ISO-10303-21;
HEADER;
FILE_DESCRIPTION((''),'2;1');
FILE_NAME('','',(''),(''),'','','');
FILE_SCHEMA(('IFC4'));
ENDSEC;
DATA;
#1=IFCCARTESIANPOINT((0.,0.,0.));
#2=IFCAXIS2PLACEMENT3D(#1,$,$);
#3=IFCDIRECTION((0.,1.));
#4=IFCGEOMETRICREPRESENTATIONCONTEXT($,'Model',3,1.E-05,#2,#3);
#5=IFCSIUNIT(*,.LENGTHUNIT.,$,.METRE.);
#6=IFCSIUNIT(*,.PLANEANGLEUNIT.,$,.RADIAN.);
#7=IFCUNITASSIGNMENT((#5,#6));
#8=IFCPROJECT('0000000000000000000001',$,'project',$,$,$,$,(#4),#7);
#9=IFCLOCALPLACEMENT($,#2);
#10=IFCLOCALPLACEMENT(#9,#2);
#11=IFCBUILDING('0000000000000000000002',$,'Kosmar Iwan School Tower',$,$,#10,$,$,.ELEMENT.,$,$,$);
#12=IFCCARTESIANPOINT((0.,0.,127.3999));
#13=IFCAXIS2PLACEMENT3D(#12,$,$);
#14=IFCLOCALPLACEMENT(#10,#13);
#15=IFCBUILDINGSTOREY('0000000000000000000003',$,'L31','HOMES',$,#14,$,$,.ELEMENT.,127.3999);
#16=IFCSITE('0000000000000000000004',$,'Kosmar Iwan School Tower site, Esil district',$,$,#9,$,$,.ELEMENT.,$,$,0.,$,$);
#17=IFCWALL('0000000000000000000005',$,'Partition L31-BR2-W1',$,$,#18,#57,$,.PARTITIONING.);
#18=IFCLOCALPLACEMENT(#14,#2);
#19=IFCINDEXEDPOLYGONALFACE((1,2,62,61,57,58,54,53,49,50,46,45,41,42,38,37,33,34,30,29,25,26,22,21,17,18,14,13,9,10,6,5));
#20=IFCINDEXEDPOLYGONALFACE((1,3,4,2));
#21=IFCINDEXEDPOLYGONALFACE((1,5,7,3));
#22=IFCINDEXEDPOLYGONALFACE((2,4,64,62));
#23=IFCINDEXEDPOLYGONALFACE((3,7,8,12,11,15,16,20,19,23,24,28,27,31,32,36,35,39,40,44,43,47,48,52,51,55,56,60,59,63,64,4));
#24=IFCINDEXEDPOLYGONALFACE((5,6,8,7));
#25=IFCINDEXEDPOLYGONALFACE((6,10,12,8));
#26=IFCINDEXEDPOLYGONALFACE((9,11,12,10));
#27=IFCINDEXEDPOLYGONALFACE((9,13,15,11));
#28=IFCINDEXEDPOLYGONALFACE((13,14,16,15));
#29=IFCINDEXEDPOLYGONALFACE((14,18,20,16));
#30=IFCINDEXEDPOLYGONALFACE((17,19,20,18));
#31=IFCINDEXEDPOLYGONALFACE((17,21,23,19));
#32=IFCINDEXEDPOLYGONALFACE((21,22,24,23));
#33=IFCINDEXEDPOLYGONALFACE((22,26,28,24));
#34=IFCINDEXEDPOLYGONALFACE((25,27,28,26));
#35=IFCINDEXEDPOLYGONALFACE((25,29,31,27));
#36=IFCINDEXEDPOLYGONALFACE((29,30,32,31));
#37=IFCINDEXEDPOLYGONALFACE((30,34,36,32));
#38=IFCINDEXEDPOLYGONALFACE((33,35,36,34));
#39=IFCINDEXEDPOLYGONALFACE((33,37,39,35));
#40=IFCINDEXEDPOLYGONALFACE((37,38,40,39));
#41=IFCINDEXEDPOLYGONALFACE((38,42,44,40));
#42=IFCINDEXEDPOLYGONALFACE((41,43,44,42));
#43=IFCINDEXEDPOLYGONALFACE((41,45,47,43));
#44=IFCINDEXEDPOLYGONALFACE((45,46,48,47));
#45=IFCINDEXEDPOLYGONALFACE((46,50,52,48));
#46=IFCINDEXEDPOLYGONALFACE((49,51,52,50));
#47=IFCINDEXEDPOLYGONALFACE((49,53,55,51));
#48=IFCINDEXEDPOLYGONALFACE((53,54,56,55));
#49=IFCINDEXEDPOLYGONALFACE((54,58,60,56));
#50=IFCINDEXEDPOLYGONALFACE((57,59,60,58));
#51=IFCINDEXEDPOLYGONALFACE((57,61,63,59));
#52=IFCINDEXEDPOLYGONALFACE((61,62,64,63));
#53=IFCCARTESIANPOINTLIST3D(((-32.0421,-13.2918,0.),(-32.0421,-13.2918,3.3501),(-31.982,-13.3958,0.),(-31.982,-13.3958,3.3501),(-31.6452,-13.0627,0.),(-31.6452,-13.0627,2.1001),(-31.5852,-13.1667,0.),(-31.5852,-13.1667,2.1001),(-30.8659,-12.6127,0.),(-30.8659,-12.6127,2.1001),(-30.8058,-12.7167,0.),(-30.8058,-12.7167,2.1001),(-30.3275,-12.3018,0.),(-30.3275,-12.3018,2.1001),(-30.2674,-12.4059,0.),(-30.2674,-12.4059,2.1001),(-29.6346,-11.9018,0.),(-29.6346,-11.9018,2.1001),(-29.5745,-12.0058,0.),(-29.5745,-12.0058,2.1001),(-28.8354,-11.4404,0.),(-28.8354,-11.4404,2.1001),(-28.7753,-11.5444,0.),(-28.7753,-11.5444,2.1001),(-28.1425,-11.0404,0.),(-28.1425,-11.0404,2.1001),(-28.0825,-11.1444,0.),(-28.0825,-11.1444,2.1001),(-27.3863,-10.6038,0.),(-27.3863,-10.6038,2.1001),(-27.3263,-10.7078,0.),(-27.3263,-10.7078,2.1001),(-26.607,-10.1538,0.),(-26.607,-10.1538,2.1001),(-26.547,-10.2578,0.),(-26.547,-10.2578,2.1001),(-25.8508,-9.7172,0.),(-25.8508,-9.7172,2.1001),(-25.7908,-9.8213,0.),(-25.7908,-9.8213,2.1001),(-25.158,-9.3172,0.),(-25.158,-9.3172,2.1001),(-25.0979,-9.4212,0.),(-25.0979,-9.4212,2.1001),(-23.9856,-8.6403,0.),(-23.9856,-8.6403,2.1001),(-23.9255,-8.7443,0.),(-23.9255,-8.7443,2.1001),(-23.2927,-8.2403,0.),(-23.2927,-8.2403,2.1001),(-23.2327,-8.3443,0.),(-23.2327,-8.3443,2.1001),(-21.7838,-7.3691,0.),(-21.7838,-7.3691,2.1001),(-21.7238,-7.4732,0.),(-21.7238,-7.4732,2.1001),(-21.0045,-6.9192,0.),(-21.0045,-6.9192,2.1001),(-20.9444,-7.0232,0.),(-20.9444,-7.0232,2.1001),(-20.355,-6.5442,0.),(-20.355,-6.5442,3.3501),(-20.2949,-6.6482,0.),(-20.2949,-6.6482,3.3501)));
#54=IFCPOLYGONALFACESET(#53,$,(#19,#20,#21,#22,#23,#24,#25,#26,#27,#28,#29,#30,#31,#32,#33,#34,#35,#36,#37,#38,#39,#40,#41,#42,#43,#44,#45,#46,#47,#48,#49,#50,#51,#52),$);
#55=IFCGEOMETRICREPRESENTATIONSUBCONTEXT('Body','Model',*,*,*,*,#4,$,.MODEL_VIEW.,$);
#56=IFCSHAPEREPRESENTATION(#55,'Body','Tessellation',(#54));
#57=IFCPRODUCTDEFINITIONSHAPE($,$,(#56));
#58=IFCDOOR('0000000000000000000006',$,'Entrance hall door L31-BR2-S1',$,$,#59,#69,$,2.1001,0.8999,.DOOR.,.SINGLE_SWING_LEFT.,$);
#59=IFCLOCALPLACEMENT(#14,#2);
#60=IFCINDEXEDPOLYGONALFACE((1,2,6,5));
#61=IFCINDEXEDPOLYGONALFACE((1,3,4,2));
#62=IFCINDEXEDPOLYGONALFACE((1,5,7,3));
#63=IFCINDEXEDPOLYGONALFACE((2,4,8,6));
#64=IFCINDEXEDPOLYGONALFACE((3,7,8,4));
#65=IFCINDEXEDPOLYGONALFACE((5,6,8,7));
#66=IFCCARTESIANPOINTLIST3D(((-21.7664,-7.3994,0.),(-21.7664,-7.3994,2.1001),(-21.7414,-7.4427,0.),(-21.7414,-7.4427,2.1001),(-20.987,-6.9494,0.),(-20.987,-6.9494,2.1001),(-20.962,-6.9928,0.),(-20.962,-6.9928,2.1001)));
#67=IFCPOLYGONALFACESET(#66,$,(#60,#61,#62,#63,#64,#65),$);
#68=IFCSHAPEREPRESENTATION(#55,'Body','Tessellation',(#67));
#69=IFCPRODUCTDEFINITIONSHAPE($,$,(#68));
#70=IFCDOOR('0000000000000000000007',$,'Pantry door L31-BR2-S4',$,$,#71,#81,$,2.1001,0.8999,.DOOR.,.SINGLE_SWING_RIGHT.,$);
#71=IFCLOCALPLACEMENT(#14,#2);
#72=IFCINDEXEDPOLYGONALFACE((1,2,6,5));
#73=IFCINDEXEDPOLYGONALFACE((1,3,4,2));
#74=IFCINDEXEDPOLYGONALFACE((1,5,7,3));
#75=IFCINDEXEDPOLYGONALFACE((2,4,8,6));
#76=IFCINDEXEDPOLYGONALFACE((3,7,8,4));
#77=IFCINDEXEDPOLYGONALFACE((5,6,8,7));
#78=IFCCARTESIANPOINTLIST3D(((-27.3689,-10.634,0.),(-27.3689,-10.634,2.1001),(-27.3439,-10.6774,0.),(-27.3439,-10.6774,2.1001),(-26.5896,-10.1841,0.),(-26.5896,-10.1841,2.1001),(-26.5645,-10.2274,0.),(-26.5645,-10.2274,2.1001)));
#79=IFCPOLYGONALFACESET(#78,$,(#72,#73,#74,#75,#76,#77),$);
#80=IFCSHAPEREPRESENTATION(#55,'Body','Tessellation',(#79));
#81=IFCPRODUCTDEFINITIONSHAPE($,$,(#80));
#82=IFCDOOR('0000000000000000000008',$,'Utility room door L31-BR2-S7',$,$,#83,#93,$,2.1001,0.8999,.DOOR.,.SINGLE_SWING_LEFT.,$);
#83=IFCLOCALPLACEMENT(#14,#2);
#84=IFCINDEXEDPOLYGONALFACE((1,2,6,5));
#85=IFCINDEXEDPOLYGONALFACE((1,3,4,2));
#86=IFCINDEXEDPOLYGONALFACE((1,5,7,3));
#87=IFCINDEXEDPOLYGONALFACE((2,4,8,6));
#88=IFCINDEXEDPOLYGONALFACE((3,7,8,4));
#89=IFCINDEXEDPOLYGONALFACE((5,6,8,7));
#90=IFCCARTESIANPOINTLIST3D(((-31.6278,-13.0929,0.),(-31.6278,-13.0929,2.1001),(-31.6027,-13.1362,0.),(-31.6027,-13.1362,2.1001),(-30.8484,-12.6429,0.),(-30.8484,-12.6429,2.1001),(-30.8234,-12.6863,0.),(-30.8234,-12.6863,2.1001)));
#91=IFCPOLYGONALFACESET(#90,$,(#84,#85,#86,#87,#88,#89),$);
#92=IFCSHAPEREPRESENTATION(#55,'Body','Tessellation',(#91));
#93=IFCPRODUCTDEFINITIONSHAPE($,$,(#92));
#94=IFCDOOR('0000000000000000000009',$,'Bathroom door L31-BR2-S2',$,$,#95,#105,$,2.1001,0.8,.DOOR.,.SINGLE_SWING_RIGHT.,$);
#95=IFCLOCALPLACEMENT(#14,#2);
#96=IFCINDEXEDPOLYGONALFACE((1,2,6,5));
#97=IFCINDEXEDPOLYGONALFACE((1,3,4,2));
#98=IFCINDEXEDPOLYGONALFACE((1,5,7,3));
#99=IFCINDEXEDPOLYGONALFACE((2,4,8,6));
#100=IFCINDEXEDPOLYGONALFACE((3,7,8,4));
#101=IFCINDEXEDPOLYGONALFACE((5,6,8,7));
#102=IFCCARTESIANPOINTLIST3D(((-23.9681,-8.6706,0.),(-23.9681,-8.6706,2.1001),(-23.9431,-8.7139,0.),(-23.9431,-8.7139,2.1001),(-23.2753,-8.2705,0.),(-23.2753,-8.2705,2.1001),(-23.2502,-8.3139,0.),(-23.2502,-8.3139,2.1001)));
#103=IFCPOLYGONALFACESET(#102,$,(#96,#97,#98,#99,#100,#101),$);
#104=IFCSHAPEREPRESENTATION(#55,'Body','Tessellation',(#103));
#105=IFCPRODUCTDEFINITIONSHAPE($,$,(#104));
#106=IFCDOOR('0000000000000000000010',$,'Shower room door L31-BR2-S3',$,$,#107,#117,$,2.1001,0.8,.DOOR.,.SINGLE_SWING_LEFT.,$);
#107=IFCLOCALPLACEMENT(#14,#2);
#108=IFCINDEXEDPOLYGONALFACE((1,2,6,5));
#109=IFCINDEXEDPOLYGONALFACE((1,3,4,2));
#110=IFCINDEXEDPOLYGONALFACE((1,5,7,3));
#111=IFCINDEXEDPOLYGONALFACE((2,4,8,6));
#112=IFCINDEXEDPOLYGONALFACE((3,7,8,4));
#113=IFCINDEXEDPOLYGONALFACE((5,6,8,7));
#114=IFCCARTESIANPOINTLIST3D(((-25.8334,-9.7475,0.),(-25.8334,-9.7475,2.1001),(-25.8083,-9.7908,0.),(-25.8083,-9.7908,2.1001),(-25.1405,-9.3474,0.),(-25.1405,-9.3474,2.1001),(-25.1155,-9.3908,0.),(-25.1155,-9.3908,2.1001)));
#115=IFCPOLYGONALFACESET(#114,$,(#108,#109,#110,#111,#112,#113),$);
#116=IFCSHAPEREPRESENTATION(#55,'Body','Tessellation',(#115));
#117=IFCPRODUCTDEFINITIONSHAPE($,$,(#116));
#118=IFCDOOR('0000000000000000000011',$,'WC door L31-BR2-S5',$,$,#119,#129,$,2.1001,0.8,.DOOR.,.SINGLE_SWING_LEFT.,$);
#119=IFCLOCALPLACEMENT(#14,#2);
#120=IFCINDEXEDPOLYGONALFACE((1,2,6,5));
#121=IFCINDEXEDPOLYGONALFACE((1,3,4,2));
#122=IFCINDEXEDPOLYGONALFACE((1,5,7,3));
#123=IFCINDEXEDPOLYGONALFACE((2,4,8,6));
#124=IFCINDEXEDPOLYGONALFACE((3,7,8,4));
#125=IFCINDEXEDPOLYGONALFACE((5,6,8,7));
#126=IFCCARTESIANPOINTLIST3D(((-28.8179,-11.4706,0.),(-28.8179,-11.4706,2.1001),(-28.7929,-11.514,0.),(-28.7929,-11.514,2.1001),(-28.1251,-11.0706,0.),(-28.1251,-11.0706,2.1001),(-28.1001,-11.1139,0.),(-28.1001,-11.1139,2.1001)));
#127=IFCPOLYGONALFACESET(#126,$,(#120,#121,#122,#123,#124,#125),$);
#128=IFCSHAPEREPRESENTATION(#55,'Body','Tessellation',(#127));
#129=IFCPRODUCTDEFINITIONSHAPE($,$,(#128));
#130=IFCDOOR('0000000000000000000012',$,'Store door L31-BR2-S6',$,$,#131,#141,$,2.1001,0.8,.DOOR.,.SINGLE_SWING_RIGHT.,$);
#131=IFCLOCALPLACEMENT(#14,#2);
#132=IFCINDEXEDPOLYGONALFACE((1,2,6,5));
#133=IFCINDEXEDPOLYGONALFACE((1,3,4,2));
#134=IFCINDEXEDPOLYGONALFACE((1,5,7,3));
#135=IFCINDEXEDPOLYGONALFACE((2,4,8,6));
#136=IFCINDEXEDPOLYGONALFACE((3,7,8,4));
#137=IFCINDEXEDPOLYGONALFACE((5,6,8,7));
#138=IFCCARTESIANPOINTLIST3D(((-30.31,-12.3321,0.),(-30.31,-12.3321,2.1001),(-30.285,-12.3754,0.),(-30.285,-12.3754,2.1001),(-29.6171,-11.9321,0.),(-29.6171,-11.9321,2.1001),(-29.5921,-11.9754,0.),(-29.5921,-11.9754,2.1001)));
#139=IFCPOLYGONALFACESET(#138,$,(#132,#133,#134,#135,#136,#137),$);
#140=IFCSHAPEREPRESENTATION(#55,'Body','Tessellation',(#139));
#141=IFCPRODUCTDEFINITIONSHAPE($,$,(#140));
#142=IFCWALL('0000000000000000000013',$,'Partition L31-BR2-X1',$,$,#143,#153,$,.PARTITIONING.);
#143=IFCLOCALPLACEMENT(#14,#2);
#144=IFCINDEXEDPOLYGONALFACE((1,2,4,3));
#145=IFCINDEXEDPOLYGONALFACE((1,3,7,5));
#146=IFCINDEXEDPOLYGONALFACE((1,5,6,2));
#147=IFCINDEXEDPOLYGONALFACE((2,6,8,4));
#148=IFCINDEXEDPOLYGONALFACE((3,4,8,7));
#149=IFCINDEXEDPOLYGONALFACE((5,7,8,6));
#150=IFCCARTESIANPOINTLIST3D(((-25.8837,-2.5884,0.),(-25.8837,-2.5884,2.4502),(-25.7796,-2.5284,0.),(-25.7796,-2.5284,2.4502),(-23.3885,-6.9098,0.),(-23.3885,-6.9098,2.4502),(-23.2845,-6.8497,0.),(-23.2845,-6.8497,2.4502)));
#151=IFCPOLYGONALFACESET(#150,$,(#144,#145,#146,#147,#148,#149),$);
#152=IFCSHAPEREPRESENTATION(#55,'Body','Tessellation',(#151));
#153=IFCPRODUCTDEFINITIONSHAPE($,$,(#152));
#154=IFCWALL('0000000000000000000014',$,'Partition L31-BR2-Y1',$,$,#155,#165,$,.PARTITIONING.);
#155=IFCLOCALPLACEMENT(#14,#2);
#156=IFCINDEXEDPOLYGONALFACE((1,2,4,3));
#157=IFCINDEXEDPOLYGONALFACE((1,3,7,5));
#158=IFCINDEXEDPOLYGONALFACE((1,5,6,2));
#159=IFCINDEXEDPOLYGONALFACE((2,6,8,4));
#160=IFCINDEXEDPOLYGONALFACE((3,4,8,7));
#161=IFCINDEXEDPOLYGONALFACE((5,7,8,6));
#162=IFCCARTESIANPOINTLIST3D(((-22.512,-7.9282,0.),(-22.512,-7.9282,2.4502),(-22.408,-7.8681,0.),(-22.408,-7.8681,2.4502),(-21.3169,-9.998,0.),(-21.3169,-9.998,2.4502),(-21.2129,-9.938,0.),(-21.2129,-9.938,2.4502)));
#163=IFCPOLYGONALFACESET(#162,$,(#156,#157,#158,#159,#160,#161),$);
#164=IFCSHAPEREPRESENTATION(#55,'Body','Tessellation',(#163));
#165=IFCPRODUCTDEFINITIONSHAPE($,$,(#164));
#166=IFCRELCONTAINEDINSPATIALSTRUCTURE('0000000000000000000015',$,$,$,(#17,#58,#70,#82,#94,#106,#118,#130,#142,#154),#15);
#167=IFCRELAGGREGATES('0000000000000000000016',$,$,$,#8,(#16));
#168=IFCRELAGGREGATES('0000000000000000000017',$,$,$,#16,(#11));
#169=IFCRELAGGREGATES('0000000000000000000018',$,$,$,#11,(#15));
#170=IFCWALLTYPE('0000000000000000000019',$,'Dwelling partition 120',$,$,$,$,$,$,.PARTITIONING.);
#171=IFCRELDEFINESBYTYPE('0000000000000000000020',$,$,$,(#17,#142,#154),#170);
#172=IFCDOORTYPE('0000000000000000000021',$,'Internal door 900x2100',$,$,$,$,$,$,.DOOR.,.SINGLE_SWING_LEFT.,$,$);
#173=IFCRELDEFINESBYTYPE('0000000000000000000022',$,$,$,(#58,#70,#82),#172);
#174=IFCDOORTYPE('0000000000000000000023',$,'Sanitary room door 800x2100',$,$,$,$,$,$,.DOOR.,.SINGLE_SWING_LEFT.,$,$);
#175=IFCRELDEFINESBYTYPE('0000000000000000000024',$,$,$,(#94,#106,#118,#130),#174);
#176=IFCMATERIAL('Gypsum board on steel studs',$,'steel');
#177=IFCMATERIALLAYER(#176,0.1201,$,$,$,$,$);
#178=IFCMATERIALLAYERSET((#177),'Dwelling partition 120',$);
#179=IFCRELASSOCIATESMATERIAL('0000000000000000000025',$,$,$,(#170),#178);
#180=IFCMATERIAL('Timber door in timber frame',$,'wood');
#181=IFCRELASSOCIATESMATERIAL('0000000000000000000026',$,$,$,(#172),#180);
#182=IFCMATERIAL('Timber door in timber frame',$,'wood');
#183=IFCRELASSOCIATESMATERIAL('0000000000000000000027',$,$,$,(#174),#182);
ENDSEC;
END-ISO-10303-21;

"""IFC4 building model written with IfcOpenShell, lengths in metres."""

from ifc_helpers import new_model, si_unit, direction, frame, frame_2d, origin, place, context, subcontext, project, spatial, rectangle, extrude, material, layer, layer_set, type_object, element, fill, save


model = new_model("IFC4")

# Units and contexts
model_context = context("Model", 3, precision=1e-05, world=origin(), true_north=direction((0.0, 1.0)))
body_context = subcontext(model_context, "Body", "Model", "MODEL_VIEW")
ifc_project = project(units=[si_unit("LENGTHUNIT", "METRE"), si_unit("PLANEANGLEUNIT", "RADIAN")], contexts=[model_context])

# Site, building, storey
site_placement = place(None, origin())
site = spatial("IfcSite", under=ifc_project, at=site_placement, Name="Kosmar Iwan School Tower site, Esil district", CompositionType="ELEMENT", RefElevation=0.0)
building_placement = place(site_placement, origin())
building = spatial("IfcBuilding", under=site, at=building_placement, Name="Kosmar Iwan School Tower", CompositionType="ELEMENT")
storey_placement = place(building_placement, frame((0.0, 0.0, 127.3999)))
storey = spatial("IfcBuildingStorey", under=building, at=storey_placement, Name="L31", Description="HOMES", CompositionType="ELEMENT", Elevation=127.3999)

# Shared definitions
ifc_material_1 = material(Name="Gypsum board on steel studs", Category="steel")
ifc_layer_1 = layer(ifc_material_1, 0.1201)
ifc_layer_set_1 = layer_set([ifc_layer_1], Name="Dwelling partition 120")
wall_type_1 = type_object("IfcWallType", Name="Dwelling partition 120", PredefinedType="PARTITIONING", material=ifc_layer_set_1)

# Wall, openings, doors
wall_1_placement = place(storey_placement, frame((-20.325, -6.5962, 0.0), z_axis=(0.0, 0.0, 1.0), x_axis=(-0.866024, -0.500003, 0.0)))
wall_1 = element("IfcWall", 1, at=wall_1_placement, inside=storey, type_object=wall_type_1, Name="Partition L31-BR2-W1", PredefinedType="PARTITIONING", context=body_context, shape_type="SweptSolid", body=[
    extrude(rectangle(XDim=13.4951, YDim=0.1201, at=frame_2d((6.7476, 0.0))), origin(), (0.0, 0.0, 1.0), 3.3501),
])
opening_1_placement = place(wall_1_placement, frame((0.75, 0.0, 0.0)))
opening_1 = element("IfcOpeningElement", 2, at=opening_1_placement, cuts=wall_1, PredefinedType="OPENING", context=body_context, shape_type="SweptSolid", body=[
    extrude(rectangle(XDim=0.8999, YDim=2.1001, at=frame_2d((0.45, 1.05))), frame((0.0, 0.072, 0.0), z_axis=(0.0, -1.0, 0.0), x_axis=(1.0, 0.0, 0.0)), (0.0, 0.0, 1.0), 0.144),
])
opening_2_placement = place(wall_1_placement, frame((3.3923, 0.0, 0.0)))
opening_2 = element("IfcOpeningElement", 3, at=opening_2_placement, cuts=wall_1, PredefinedType="OPENING", context=body_context, shape_type="SweptSolid", body=[
    extrude(rectangle(XDim=0.8, YDim=2.1001, at=frame_2d((0.3999, 1.05))), frame((0.0, 0.072, 0.0), z_axis=(0.0, -1.0, 0.0), x_axis=(1.0, 0.0, 0.0)), (0.0, 0.0, 1.0), 0.144),
])
opening_3_placement = place(wall_1_placement, frame((5.5461, 0.0, 0.0)))
opening_3 = element("IfcOpeningElement", 4, at=opening_3_placement, cuts=wall_1, PredefinedType="OPENING", context=body_context, shape_type="SweptSolid", body=[
    extrude(rectangle(XDim=0.8, YDim=2.1001, at=frame_2d((0.3999, 1.05))), frame((0.0, 0.072, 0.0), z_axis=(0.0, -1.0, 0.0), x_axis=(1.0, 0.0, 0.0)), (0.0, 0.0, 1.0), 0.144),
])
opening_4_placement = place(wall_1_placement, frame((7.2192, 0.0, 0.0)))
opening_4 = element("IfcOpeningElement", 5, at=opening_4_placement, cuts=wall_1, PredefinedType="OPENING", context=body_context, shape_type="SweptSolid", body=[
    extrude(rectangle(XDim=0.8999, YDim=2.1001, at=frame_2d((0.45, 1.05))), frame((0.0, 0.072, 0.0), z_axis=(0.0, -1.0, 0.0), x_axis=(1.0, 0.0, 0.0)), (0.0, 0.0, 1.0), 0.144),
])
opening_5_placement = place(wall_1_placement, frame((8.9924, 0.0, 0.0)))
opening_5 = element("IfcOpeningElement", 6, at=opening_5_placement, cuts=wall_1, PredefinedType="OPENING", context=body_context, shape_type="SweptSolid", body=[
    extrude(rectangle(XDim=0.8, YDim=2.1001, at=frame_2d((0.3999, 1.05))), frame((0.0, 0.072, 0.0), z_axis=(0.0, -1.0, 0.0), x_axis=(1.0, 0.0, 0.0)), (0.0, 0.0, 1.0), 0.144),
])
opening_6_placement = place(wall_1_placement, frame((10.7153, 0.0, 0.0)))
opening_6 = element("IfcOpeningElement", 7, at=opening_6_placement, cuts=wall_1, PredefinedType="OPENING", context=body_context, shape_type="SweptSolid", body=[
    extrude(rectangle(XDim=0.8, YDim=2.1001, at=frame_2d((0.3999, 1.05))), frame((0.0, 0.072, 0.0), z_axis=(0.0, -1.0, 0.0), x_axis=(1.0, 0.0, 0.0)), (0.0, 0.0, 1.0), 0.144),
])
opening_7_placement = place(wall_1_placement, frame((12.137, 0.0, 0.0)))
opening_7 = element("IfcOpeningElement", 8, at=opening_7_placement, cuts=wall_1, PredefinedType="OPENING", context=body_context, shape_type="SweptSolid", body=[
    extrude(rectangle(XDim=0.8999, YDim=2.1001, at=frame_2d((0.45, 1.05))), frame((0.0, 0.072, 0.0), z_axis=(0.0, -1.0, 0.0), x_axis=(1.0, 0.0, 0.0)), (0.0, 0.0, 1.0), 0.144),
])
ifc_material_2 = material(Name="Timber door in timber frame", Category="wood")
door_type_1 = type_object("IfcDoorType", Name="Internal door 900x2100", OperationType="SINGLE_SWING_LEFT", PredefinedType="DOOR", material=ifc_material_2)
door_1_placement = place(opening_1_placement, origin())
door_1 = element("IfcDoor", 9, at=door_1_placement, inside=storey, type_object=door_type_1, Name="Entrance hall door L31-BR2-S1", OperationType="SINGLE_SWING_LEFT", OverallHeight=2.1001, OverallWidth=0.8999, PredefinedType="DOOR", context=body_context, shape_type="SweptSolid", body=[
    extrude(rectangle(XDim=0.8999, YDim=2.1001, at=frame_2d((0.45, 1.05))), frame((0.0, 0.0249, 0.0), z_axis=(0.0, -1.0, 0.0), x_axis=(1.0, 0.0, 0.0)), (0.0, 0.0, 1.0), 0.05),
])
fill(opening_1, door_1)
door_2_placement = place(opening_4_placement, origin())
door_2 = element("IfcDoor", 10, at=door_2_placement, inside=storey, type_object=door_type_1, Name="Pantry door L31-BR2-S4", OperationType="SINGLE_SWING_RIGHT", OverallHeight=2.1001, OverallWidth=0.8999, PredefinedType="DOOR", context=body_context, shape_type="SweptSolid", body=[
    extrude(rectangle(XDim=0.8999, YDim=2.1001, at=frame_2d((0.45, 1.05))), frame((0.0, 0.0249, 0.0), z_axis=(0.0, -1.0, 0.0), x_axis=(1.0, 0.0, 0.0)), (0.0, 0.0, 1.0), 0.05),
])
fill(opening_4, door_2)
door_3_placement = place(opening_7_placement, origin())
door_3 = element("IfcDoor", 11, at=door_3_placement, inside=storey, type_object=door_type_1, Name="Utility room door L31-BR2-S7", OperationType="SINGLE_SWING_LEFT", OverallHeight=2.1001, OverallWidth=0.8999, PredefinedType="DOOR", context=body_context, shape_type="SweptSolid", body=[
    extrude(rectangle(XDim=0.8999, YDim=2.1001, at=frame_2d((0.45, 1.05))), frame((0.0, 0.0249, 0.0), z_axis=(0.0, -1.0, 0.0), x_axis=(1.0, 0.0, 0.0)), (0.0, 0.0, 1.0), 0.05),
])
fill(opening_7, door_3)
ifc_material_3 = material(Name="Timber door in timber frame", Category="wood")
door_type_2 = type_object("IfcDoorType", Name="Sanitary room door 800x2100", OperationType="SINGLE_SWING_LEFT", PredefinedType="DOOR", material=ifc_material_3)
door_4_placement = place(opening_2_placement, origin())
door_4 = element("IfcDoor", 12, at=door_4_placement, inside=storey, type_object=door_type_2, Name="Bathroom door L31-BR2-S2", OperationType="SINGLE_SWING_RIGHT", OverallHeight=2.1001, OverallWidth=0.8, PredefinedType="DOOR", context=body_context, shape_type="SweptSolid", body=[
    extrude(rectangle(XDim=0.8, YDim=2.1001, at=frame_2d((0.3999, 1.05))), frame((0.0, 0.0249, 0.0), z_axis=(0.0, -1.0, 0.0), x_axis=(1.0, 0.0, 0.0)), (0.0, 0.0, 1.0), 0.05),
])
fill(opening_2, door_4)
door_5_placement = place(opening_3_placement, origin())
door_5 = element("IfcDoor", 13, at=door_5_placement, inside=storey, type_object=door_type_2, Name="Shower room door L31-BR2-S3", OperationType="SINGLE_SWING_LEFT", OverallHeight=2.1001, OverallWidth=0.8, PredefinedType="DOOR", context=body_context, shape_type="SweptSolid", body=[
    extrude(rectangle(XDim=0.8, YDim=2.1001, at=frame_2d((0.3999, 1.05))), frame((0.0, 0.0249, 0.0), z_axis=(0.0, -1.0, 0.0), x_axis=(1.0, 0.0, 0.0)), (0.0, 0.0, 1.0), 0.05),
])
fill(opening_3, door_5)
door_6_placement = place(opening_5_placement, origin())
door_6 = element("IfcDoor", 14, at=door_6_placement, inside=storey, type_object=door_type_2, Name="WC door L31-BR2-S5", OperationType="SINGLE_SWING_LEFT", OverallHeight=2.1001, OverallWidth=0.8, PredefinedType="DOOR", context=body_context, shape_type="SweptSolid", body=[
    extrude(rectangle(XDim=0.8, YDim=2.1001, at=frame_2d((0.3999, 1.05))), frame((0.0, 0.0249, 0.0), z_axis=(0.0, -1.0, 0.0), x_axis=(1.0, 0.0, 0.0)), (0.0, 0.0, 1.0), 0.05),
])
fill(opening_5, door_6)
door_7_placement = place(opening_6_placement, origin())
door_7 = element("IfcDoor", 15, at=door_7_placement, inside=storey, type_object=door_type_2, Name="Store door L31-BR2-S6", OperationType="SINGLE_SWING_RIGHT", OverallHeight=2.1001, OverallWidth=0.8, PredefinedType="DOOR", context=body_context, shape_type="SweptSolid", body=[
    extrude(rectangle(XDim=0.8, YDim=2.1001, at=frame_2d((0.3999, 1.05))), frame((0.0, 0.0249, 0.0), z_axis=(0.0, -1.0, 0.0), x_axis=(1.0, 0.0, 0.0)), (0.0, 0.0, 1.0), 0.05),
])
fill(opening_6, door_7)

# Walls
wall_2_placement = place(storey_placement, frame((-23.3364, -6.8799, 0.0), z_axis=(0.0, 0.0, 1.0), x_axis=(-0.500033, 0.866006, 0.0)))
element("IfcWall", 16, at=wall_2_placement, inside=storey, type_object=wall_type_1, Name="Partition L31-BR2-X1", PredefinedType="PARTITIONING", context=body_context, shape_type="SweptSolid", body=[
    extrude(rectangle(XDim=4.99, YDim=0.1201, at=frame_2d((2.4951, 0.0))), origin(), (0.0, 0.0, 1.0), 2.4502),
])
wall_3_placement = place(storey_placement, frame((-21.2649, -9.968, 0.0), z_axis=(0.0, 0.0, 1.0), x_axis=(-0.500017, 0.866015, 0.0)))
element("IfcWall", 17, at=wall_3_placement, inside=storey, type_object=wall_type_1, Name="Partition L31-BR2-Y1", PredefinedType="PARTITIONING", context=body_context, shape_type="SweptSolid", body=[
    extrude(rectangle(XDim=2.3901, YDim=0.1201, at=frame_2d((1.1951, 0.0))), origin(), (0.0, 0.0, 1.0), 2.4502),
])

save(model, "model.ifc")
